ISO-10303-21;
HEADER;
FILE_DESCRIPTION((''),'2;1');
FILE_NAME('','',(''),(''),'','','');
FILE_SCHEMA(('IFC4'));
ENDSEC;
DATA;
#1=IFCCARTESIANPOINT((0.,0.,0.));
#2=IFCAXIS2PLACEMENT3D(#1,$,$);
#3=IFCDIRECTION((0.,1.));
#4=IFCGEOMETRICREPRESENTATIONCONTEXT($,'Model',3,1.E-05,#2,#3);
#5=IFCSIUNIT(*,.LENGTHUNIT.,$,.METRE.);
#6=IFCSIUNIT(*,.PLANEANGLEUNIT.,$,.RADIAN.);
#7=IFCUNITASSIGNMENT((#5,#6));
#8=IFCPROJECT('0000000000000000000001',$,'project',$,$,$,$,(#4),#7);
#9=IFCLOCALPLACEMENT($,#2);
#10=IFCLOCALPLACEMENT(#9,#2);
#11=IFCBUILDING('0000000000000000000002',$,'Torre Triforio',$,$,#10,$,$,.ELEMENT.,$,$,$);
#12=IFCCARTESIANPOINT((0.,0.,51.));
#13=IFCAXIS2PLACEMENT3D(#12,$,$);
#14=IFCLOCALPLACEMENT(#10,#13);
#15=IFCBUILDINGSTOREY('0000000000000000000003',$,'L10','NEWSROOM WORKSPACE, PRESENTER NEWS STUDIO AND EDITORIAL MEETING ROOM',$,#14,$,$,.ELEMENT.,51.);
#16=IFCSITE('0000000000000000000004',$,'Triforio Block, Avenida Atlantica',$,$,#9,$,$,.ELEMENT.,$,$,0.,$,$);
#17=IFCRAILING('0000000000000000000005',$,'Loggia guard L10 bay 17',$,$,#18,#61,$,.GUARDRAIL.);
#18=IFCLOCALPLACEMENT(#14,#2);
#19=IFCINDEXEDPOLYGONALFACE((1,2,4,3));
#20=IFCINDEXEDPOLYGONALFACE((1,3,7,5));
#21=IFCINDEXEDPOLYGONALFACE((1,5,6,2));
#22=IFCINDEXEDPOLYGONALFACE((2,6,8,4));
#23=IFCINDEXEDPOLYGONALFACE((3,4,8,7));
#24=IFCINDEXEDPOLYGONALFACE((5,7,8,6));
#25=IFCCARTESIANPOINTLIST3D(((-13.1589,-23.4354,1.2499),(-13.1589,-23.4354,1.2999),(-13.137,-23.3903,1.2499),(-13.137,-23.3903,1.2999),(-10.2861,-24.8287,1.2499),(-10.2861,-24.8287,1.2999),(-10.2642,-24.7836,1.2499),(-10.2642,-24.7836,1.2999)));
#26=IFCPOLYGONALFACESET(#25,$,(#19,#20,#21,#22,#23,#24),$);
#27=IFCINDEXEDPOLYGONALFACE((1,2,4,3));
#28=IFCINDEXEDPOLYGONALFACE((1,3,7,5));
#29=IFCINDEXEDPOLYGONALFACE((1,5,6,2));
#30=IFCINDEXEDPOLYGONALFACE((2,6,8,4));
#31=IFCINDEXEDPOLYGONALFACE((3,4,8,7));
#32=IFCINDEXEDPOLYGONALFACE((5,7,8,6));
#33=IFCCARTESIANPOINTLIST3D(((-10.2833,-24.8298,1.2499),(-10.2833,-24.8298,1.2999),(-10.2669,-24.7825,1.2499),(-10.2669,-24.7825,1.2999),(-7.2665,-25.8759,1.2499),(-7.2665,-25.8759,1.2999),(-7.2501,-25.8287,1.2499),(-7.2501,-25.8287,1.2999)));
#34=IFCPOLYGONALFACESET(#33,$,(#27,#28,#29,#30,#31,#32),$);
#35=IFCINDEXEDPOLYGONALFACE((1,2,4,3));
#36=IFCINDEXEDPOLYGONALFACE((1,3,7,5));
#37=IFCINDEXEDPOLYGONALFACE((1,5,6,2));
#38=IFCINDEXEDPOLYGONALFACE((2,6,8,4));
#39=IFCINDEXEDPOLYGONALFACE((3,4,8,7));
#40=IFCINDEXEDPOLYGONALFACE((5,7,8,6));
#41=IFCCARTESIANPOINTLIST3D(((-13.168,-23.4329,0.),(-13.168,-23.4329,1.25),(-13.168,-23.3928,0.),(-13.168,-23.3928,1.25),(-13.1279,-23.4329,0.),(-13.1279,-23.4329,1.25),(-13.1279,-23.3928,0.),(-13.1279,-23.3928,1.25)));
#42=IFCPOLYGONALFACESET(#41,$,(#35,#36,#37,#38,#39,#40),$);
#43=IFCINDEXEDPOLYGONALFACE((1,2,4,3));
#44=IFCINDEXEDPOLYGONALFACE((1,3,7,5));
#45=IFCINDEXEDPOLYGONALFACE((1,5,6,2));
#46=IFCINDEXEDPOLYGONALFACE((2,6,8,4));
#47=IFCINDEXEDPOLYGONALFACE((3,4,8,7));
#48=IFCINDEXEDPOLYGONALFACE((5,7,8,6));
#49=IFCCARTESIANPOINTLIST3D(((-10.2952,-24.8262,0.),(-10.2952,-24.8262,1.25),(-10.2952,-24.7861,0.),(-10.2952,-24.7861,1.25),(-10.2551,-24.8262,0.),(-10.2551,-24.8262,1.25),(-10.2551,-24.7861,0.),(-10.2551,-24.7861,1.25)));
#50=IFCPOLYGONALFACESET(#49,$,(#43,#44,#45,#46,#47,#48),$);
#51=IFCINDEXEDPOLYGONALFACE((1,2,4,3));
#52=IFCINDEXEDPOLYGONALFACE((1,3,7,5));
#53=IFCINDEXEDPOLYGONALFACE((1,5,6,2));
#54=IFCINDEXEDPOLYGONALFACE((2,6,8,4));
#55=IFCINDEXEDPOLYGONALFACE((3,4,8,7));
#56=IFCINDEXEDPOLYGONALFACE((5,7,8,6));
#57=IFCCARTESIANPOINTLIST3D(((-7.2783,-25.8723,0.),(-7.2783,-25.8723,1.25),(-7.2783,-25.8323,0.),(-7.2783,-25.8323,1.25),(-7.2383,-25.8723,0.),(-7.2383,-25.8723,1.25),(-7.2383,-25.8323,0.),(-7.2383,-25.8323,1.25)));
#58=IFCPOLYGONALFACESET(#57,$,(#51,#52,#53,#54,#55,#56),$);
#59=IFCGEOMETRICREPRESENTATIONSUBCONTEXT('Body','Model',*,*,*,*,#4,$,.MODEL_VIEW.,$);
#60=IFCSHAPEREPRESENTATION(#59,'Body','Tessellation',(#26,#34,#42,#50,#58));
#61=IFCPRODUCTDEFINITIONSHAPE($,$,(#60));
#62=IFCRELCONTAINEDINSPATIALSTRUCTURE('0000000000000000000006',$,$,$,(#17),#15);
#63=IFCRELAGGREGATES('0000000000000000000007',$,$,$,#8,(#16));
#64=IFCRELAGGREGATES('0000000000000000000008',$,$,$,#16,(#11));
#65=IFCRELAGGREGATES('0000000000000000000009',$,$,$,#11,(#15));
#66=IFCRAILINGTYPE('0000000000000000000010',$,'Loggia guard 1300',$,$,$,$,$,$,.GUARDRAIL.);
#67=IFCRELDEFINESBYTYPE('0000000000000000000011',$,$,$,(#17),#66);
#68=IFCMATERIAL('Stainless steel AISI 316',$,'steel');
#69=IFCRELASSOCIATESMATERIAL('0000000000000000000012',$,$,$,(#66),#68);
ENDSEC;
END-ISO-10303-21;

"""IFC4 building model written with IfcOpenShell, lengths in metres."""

from ifc_helpers import new_model, si_unit, direction, frame, origin, origin_2d, place, context, subcontext, project, spatial, rectangle, extrude, material, type_object, element, save


model = new_model("IFC4")

# Units and contexts
model_context = context("Model", 3, precision=1e-05, world=origin(), true_north=direction((0.0, 1.0)))
body_context = subcontext(model_context, "Body", "Model", "MODEL_VIEW")
ifc_project = project(units=[si_unit("LENGTHUNIT", "METRE"), si_unit("PLANEANGLEUNIT", "RADIAN")], contexts=[model_context])

# Site, building, storey
site_placement = place(None, origin())
site = spatial("IfcSite", under=ifc_project, at=site_placement, Name="Triforio Block, Avenida Atlantica", CompositionType="ELEMENT", RefElevation=0.0)
building_placement = place(site_placement, origin())
building = spatial("IfcBuilding", under=site, at=building_placement, Name="Torre Triforio", CompositionType="ELEMENT")
storey_placement = place(building_placement, frame((0.0, 0.0, 51.0)))
storey = spatial("IfcBuildingStorey", under=building, at=storey_placement, Name="L10", Description="NEWSROOM WORKSPACE, PRESENTER NEWS STUDIO AND EDITORIAL MEETING ROOM", CompositionType="ELEMENT", Elevation=51.0)

# Railing
ifc_material_1 = material(Name="Stainless steel AISI 316", Category="steel")
railing_type = type_object("IfcRailingType", Name="Loggia guard 1300", PredefinedType="GUARDRAIL", material=ifc_material_1)
railing_1_placement = place(storey_placement, frame((-13.1479, -23.4128, 0.0)))
element("IfcRailing", 1, at=railing_1_placement, inside=storey, type_object=railing_type, Name="Loggia guard L10 bay 17", PredefinedType="GUARDRAIL", context=body_context, shape_type="SweptSolid", body=[
    extrude(rectangle(XDim=0.05, YDim=0.05, at=origin_2d()), frame((0.0, 0.0, 1.2749), z_axis=(0.89976, -0.436384, 0.0), x_axis=(0.436384, 0.89976, 0.0)), (0.0, 0.0, 1.0), 3.1929),
    extrude(rectangle(XDim=0.05, YDim=0.05, at=origin_2d()), frame((2.8728, -1.3933, 1.2749), z_axis=(0.944807, -0.327628, 0.0), x_axis=(0.327628, 0.944807, 0.0)), (0.0, 0.0, 1.0), 3.1931),
    extrude(rectangle(XDim=0.04, YDim=0.04, at=origin_2d()), origin(), (0.0, 0.0, 1.0), 1.25),
    extrude(rectangle(XDim=0.04, YDim=0.04, at=origin_2d()), frame((2.8728, -1.3933, 0.0)), (0.0, 0.0, 1.0), 1.25),
    extrude(rectangle(XDim=0.04, YDim=0.04, at=origin_2d()), frame((5.8896, -2.4395, 0.0)), (0.0, 0.0, 1.0), 1.25),
])

save(model, "model.ifc")
